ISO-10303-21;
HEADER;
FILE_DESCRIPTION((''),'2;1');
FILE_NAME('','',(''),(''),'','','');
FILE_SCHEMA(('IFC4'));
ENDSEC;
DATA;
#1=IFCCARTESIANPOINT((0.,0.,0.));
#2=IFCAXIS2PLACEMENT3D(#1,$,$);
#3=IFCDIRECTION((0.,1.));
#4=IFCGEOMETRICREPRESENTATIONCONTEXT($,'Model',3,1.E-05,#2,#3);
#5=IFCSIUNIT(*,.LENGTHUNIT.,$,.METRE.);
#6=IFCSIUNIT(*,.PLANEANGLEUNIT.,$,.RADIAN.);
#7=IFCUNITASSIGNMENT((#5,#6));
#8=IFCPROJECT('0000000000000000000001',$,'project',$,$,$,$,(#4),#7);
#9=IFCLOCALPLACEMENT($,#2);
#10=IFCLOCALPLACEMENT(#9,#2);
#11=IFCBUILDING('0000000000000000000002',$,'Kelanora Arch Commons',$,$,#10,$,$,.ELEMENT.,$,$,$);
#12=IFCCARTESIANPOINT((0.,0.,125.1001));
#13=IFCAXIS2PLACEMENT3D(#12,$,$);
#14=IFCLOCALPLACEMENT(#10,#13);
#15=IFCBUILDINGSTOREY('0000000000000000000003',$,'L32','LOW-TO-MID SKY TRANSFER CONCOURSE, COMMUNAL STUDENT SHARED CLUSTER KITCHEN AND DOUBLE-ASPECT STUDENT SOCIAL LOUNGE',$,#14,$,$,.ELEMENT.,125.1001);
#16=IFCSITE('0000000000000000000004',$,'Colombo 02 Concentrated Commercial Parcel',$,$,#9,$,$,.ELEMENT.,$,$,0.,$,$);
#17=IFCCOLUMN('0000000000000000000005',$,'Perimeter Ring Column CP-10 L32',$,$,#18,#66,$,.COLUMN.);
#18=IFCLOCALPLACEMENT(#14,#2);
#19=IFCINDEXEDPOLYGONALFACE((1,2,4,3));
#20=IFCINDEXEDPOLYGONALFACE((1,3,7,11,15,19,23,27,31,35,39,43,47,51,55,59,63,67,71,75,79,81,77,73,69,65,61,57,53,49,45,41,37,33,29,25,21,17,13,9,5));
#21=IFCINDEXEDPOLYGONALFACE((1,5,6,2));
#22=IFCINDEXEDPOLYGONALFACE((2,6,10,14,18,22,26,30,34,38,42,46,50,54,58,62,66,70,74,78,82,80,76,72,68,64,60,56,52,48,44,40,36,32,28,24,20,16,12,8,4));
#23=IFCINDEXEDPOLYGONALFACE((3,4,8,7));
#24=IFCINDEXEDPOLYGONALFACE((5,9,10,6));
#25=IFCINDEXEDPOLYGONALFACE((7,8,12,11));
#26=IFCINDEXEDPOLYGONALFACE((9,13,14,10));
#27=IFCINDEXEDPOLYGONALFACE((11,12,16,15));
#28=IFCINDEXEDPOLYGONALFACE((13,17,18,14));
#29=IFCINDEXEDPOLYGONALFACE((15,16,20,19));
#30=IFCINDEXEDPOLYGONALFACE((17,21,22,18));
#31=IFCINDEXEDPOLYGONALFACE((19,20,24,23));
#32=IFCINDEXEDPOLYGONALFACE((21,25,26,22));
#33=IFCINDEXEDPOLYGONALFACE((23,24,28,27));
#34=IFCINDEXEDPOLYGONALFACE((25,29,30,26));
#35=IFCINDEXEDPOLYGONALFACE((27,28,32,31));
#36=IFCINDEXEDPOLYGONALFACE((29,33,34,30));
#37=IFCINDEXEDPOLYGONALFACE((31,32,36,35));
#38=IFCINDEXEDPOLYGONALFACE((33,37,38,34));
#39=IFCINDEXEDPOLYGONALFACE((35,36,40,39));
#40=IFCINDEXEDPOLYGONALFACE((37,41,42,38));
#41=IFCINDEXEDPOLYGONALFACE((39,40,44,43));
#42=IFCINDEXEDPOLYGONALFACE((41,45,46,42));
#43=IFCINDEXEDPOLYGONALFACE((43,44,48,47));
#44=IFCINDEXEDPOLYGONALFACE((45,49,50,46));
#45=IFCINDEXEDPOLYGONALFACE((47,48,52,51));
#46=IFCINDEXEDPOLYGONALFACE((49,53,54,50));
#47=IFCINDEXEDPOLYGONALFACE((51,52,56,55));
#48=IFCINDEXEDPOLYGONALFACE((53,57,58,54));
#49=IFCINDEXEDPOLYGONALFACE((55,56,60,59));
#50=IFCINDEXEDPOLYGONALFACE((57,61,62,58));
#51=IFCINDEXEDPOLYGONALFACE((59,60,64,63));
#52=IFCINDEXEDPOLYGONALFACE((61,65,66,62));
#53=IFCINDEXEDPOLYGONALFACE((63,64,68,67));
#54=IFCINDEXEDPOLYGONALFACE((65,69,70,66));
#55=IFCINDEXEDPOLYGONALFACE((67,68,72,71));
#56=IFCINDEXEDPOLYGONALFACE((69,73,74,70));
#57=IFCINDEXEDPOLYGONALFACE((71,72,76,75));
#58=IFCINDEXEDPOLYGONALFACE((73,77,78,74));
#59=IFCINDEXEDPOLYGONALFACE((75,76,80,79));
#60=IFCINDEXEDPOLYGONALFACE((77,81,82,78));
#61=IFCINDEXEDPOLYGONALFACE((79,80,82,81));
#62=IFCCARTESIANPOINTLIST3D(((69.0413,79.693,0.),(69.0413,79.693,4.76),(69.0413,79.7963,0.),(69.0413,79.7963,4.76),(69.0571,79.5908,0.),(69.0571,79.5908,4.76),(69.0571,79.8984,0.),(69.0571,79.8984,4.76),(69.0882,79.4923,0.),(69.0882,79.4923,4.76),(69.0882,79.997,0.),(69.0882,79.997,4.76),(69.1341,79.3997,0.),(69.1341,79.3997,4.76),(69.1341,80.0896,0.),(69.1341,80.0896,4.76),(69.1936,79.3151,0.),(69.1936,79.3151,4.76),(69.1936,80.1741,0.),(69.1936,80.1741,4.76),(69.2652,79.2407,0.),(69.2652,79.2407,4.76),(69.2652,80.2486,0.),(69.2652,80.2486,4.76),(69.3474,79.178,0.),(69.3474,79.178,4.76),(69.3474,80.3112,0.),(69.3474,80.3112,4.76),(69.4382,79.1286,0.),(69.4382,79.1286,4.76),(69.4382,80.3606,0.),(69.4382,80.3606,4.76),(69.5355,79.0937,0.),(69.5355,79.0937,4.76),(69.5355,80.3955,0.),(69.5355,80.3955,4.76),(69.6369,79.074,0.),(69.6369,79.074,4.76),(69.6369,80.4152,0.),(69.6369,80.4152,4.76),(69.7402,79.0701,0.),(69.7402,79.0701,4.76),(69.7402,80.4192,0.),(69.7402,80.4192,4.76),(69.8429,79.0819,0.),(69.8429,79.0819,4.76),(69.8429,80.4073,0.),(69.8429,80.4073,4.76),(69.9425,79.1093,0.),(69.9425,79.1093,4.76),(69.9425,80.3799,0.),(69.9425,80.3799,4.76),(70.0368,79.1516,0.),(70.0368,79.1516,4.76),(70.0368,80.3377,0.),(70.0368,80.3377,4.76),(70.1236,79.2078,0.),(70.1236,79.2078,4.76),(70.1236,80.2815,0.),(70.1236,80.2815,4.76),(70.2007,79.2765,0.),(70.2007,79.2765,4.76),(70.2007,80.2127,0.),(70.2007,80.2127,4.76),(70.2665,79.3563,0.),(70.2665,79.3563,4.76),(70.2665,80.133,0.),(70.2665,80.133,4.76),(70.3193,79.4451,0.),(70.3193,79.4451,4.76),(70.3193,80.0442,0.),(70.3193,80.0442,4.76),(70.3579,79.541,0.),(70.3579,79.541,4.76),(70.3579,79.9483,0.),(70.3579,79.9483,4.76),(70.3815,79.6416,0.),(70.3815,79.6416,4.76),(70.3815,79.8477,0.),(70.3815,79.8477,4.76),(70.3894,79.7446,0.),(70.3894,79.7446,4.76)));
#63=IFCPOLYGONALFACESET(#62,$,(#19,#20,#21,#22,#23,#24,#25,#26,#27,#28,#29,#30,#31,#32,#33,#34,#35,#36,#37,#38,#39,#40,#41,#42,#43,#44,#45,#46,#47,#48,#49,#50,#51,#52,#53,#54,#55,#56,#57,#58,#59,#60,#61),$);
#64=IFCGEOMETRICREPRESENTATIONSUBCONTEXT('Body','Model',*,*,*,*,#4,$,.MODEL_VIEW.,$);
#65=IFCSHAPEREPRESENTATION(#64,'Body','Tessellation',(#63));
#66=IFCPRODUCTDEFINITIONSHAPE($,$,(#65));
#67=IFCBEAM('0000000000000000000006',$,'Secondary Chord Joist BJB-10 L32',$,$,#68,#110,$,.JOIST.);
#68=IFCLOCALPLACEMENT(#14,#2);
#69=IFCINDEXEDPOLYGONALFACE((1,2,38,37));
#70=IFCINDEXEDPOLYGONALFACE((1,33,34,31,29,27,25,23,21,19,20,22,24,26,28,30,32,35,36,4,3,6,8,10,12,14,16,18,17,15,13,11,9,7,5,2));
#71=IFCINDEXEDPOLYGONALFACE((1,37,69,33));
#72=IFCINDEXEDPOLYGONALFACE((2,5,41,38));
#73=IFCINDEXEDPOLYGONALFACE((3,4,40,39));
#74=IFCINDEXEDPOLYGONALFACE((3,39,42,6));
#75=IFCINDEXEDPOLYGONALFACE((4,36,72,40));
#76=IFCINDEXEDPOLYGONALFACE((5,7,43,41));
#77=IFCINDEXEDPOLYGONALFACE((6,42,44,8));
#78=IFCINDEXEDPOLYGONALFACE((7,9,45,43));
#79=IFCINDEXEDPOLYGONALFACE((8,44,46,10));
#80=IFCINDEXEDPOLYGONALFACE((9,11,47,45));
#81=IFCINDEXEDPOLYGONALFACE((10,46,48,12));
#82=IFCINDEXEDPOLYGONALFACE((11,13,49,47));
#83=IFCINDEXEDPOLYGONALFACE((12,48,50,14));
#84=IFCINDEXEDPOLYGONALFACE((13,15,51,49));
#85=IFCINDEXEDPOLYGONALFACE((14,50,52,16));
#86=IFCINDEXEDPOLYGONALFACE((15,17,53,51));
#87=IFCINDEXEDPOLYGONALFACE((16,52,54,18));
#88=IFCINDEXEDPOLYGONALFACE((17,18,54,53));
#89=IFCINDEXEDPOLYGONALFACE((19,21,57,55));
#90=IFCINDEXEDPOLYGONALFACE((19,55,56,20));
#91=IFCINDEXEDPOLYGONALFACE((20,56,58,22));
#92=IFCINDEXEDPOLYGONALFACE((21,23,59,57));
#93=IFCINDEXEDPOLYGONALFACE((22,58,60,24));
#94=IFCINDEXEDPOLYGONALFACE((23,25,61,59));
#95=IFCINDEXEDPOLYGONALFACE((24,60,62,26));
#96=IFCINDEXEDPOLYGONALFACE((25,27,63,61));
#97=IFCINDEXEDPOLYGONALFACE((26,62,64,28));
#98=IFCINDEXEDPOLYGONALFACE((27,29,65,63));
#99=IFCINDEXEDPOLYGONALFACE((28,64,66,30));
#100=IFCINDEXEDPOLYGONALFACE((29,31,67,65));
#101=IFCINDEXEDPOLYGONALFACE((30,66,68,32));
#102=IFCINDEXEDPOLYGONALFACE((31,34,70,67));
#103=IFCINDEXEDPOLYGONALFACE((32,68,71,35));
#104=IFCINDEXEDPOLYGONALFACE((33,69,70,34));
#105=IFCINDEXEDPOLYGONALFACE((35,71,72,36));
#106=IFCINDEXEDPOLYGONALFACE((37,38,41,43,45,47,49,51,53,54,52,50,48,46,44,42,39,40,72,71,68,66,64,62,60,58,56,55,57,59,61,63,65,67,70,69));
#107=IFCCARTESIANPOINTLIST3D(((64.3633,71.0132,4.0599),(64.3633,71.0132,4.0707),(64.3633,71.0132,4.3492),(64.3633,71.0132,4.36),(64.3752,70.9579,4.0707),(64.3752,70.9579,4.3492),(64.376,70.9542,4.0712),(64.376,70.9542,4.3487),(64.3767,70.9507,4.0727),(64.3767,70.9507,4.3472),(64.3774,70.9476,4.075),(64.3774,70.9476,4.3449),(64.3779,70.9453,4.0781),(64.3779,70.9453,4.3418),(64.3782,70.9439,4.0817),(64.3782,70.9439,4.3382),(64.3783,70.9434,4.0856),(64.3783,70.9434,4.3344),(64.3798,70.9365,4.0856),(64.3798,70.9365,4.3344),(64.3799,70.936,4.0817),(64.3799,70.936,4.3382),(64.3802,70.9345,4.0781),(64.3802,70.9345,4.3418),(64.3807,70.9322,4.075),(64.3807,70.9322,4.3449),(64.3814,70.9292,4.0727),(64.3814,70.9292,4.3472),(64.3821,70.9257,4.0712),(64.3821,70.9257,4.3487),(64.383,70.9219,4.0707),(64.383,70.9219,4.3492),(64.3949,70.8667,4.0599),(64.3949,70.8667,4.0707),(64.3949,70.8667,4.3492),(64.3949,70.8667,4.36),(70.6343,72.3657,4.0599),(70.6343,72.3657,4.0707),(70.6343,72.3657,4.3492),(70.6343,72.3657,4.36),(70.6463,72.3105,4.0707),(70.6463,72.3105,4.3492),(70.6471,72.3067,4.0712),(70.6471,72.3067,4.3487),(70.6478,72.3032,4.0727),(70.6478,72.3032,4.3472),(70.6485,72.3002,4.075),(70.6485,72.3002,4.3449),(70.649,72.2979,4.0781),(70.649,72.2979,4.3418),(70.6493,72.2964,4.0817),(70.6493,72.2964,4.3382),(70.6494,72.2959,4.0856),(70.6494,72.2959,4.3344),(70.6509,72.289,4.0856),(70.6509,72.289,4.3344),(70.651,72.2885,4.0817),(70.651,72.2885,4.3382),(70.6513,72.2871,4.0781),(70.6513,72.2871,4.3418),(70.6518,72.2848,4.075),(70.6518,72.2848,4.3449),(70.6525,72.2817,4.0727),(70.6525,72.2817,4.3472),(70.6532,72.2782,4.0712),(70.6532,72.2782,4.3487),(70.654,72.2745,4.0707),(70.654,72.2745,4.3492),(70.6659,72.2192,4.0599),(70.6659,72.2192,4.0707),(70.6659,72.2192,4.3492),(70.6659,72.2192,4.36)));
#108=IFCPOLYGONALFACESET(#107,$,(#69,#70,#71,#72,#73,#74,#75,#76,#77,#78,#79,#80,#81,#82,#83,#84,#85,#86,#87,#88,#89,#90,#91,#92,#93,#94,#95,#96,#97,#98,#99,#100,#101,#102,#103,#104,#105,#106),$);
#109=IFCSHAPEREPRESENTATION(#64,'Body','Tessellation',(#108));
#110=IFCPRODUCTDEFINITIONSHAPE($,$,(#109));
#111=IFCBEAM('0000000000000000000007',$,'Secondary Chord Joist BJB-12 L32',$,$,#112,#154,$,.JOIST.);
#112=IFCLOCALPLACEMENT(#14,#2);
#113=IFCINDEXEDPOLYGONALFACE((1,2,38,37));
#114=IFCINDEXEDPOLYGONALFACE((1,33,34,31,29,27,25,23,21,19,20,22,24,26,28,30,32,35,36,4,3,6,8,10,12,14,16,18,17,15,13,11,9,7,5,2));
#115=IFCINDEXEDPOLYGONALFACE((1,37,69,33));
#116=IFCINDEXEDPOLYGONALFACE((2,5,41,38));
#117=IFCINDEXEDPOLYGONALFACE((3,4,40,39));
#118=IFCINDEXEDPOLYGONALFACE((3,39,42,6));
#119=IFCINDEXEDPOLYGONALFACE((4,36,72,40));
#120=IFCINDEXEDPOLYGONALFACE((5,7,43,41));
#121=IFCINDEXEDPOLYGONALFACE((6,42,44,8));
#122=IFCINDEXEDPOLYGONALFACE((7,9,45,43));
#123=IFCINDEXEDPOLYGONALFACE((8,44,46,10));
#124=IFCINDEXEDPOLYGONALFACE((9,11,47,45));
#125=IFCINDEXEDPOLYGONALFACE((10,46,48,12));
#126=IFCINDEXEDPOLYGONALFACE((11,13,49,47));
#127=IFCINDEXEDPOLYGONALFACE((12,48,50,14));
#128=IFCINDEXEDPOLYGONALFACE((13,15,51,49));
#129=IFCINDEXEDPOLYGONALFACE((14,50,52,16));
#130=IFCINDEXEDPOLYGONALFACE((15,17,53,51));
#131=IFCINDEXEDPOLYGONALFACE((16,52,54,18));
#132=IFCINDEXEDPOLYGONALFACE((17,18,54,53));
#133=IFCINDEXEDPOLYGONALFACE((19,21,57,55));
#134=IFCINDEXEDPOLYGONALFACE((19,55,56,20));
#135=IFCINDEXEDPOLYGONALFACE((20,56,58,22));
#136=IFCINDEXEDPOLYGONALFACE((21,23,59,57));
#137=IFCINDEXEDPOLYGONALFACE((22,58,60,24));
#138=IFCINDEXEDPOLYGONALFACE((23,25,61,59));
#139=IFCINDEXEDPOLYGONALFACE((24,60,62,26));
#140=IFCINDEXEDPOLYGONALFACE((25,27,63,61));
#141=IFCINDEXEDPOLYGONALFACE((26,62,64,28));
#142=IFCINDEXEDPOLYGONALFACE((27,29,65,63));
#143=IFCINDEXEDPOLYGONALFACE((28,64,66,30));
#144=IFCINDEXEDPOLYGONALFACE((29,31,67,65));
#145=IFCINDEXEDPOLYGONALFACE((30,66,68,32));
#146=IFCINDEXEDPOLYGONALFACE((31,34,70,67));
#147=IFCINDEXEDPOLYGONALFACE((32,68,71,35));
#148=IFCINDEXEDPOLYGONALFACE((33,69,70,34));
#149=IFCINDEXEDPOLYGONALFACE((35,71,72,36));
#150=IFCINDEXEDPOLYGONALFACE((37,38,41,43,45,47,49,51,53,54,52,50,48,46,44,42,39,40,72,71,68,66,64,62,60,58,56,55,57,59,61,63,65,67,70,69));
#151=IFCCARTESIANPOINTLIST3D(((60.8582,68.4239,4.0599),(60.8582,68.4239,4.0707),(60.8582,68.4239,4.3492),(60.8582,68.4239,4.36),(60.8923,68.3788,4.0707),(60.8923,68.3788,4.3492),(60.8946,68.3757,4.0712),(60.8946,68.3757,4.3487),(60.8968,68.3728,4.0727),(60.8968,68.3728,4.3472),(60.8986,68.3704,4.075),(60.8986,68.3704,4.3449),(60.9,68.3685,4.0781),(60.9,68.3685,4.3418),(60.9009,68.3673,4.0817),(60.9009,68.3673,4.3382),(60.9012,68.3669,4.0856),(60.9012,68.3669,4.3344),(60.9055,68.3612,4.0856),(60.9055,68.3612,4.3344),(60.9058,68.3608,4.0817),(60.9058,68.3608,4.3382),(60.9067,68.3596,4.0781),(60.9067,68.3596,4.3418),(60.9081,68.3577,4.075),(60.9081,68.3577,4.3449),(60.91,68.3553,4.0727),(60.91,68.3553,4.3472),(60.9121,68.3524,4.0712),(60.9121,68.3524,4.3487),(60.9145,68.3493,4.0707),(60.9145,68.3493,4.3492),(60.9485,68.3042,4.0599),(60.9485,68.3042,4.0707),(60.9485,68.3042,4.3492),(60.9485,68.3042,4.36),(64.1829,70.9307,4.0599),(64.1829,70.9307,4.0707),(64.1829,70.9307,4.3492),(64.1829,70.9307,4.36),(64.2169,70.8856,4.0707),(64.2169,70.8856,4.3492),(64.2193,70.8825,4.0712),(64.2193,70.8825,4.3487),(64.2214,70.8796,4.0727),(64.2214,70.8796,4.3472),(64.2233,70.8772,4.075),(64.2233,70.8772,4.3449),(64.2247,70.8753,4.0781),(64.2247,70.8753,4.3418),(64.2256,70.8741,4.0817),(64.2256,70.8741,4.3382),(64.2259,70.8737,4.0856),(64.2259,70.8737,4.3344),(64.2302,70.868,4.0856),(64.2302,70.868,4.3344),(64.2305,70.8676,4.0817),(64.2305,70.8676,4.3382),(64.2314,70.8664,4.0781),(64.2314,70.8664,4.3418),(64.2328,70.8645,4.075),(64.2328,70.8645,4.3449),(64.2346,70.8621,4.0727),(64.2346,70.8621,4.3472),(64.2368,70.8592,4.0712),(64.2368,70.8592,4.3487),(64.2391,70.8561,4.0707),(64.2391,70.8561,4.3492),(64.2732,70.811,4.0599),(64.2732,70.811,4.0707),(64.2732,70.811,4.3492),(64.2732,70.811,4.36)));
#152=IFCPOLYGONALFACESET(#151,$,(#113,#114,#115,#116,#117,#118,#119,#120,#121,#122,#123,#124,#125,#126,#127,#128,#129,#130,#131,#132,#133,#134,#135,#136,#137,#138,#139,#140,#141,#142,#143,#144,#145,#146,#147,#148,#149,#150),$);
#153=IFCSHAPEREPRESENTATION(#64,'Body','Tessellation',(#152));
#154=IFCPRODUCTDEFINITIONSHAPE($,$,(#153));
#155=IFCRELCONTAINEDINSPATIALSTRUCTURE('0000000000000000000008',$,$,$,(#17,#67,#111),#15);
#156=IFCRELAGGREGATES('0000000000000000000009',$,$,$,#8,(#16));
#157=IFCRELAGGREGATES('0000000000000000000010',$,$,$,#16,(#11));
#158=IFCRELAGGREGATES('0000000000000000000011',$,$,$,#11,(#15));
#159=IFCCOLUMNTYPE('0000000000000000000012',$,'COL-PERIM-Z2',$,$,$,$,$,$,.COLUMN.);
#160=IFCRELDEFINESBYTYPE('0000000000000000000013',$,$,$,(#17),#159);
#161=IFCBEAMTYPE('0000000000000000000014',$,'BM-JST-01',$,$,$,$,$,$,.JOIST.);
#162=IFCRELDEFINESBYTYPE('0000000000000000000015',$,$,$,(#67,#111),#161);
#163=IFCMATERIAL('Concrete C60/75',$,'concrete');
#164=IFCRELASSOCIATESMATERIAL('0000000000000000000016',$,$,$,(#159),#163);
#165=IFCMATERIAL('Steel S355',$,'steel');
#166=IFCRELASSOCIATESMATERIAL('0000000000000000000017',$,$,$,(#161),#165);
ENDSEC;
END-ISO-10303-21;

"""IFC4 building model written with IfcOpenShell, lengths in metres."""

from ifc_helpers import new_model, si_unit, direction, frame, origin, origin_2d, place, context, subcontext, project, spatial, circle, i_section, extrude, material, material_profile, profile_set, type_object, element, save


model = new_model("IFC4")

# Units and contexts
model_context = context("Model", 3, precision=1e-05, world=origin(), true_north=direction((0.0, 1.0)))
body_context = subcontext(model_context, "Body", "Model", "MODEL_VIEW")
ifc_project = project(units=[si_unit("LENGTHUNIT", "METRE"), si_unit("PLANEANGLEUNIT", "RADIAN")], contexts=[model_context])

# Site, building, storey
site_placement = place(None, origin())
site = spatial("IfcSite", under=ifc_project, at=site_placement, Name="Colombo 02 Concentrated Commercial Parcel", CompositionType="ELEMENT", RefElevation=0.0)
building_placement = place(site_placement, origin())
building = spatial("IfcBuilding", under=site, at=building_placement, Name="Kelanora Arch Commons", CompositionType="ELEMENT")
storey_placement = place(building_placement, frame((0.0, 0.0, 125.1001)))
storey = spatial("IfcBuildingStorey", under=building, at=storey_placement, Name="L32", Description="LOW-TO-MID SKY TRANSFER CONCOURSE, COMMUNAL STUDENT SHARED CLUSTER KITCHEN AND DOUBLE-ASPECT STUDENT SOCIAL LOUNGE", CompositionType="ELEMENT", Elevation=125.1001)

# Column
ifc_material_1 = material(Name="Concrete C60/75", Category="concrete")
ifc_material_profile_1 = material_profile(ifc_material_1, circle(Radius=0.675, at=origin_2d()), Name="RCC1350")
ifc_profile_set_1 = profile_set([ifc_material_profile_1], Name="Concrete C60/75")
column_type = type_object("IfcColumnType", Name="COL-PERIM-Z2", PredefinedType="COLUMN", material=ifc_profile_set_1)
column_placement = place(storey_placement, frame((69.7144, 79.7446, 0.0), z_axis=(0.0, 0.0, 1.0), x_axis=(1.0, 0.0, 0.0)))
element("IfcColumn", 1, at=column_placement, inside=storey, type_object=column_type, Name="Perimeter Ring Column CP-10 L32", PredefinedType="COLUMN", context=body_context, shape_type="SweptSolid", body=[
    extrude(circle(Radius=0.675, at=origin_2d()), origin(), (0.0, 0.0, 1.0), 4.76),
])

# Beams
ifc_material_2 = material(Name="Steel S355", Category="steel")
ifc_material_profile_2 = material_profile(ifc_material_2, i_section(OverallWidth=0.1499, OverallDepth=0.3, WebThickness=0.0071, FlangeThickness=0.0107, FilletRadius=0.0149, at=origin_2d()), Name="IPE300")
ifc_profile_set_2 = profile_set([ifc_material_profile_2], Name="Steel S355")
beam_type_1 = type_object("IfcBeamType", Name="BM-JST-01", PredefinedType="JOIST", material=ifc_profile_set_2)
beam_1_placement = place(storey_placement, frame((70.6501, 72.2925, 4.21), z_axis=(-0.977522, -0.210834, 0.0), x_axis=(0.210834, -0.977522, 0.0)))
element("IfcBeam", 2, at=beam_1_placement, inside=storey, type_object=beam_type_1, Name="Secondary Chord Joist BJB-10 L32", PredefinedType="JOIST", context=body_context, shape_type="SweptSolid", body=[
    extrude(i_section(OverallWidth=0.1499, OverallDepth=0.3, WebThickness=0.0071, FlangeThickness=0.0107, FilletRadius=0.0149, at=origin_2d()), origin(), (0.0, 0.0, 1.0), 6.4153),
])
beam_2_placement = place(storey_placement, frame((64.228, 70.8708, 4.21), z_axis=(-0.798464, -0.602043, 0.0), x_axis=(0.602043, -0.798464, 0.0)))
element("IfcBeam", 3, at=beam_2_placement, inside=storey, type_object=beam_type_1, Name="Secondary Chord Joist BJB-12 L32", PredefinedType="JOIST", context=body_context, shape_type="SweptSolid", body=[
    extrude(i_section(OverallWidth=0.1499, OverallDepth=0.3, WebThickness=0.0071, FlangeThickness=0.0107, FilletRadius=0.0149, at=origin_2d()), origin(), (0.0, 0.0, 1.0), 4.1638),
])

save(model, "model.ifc")
